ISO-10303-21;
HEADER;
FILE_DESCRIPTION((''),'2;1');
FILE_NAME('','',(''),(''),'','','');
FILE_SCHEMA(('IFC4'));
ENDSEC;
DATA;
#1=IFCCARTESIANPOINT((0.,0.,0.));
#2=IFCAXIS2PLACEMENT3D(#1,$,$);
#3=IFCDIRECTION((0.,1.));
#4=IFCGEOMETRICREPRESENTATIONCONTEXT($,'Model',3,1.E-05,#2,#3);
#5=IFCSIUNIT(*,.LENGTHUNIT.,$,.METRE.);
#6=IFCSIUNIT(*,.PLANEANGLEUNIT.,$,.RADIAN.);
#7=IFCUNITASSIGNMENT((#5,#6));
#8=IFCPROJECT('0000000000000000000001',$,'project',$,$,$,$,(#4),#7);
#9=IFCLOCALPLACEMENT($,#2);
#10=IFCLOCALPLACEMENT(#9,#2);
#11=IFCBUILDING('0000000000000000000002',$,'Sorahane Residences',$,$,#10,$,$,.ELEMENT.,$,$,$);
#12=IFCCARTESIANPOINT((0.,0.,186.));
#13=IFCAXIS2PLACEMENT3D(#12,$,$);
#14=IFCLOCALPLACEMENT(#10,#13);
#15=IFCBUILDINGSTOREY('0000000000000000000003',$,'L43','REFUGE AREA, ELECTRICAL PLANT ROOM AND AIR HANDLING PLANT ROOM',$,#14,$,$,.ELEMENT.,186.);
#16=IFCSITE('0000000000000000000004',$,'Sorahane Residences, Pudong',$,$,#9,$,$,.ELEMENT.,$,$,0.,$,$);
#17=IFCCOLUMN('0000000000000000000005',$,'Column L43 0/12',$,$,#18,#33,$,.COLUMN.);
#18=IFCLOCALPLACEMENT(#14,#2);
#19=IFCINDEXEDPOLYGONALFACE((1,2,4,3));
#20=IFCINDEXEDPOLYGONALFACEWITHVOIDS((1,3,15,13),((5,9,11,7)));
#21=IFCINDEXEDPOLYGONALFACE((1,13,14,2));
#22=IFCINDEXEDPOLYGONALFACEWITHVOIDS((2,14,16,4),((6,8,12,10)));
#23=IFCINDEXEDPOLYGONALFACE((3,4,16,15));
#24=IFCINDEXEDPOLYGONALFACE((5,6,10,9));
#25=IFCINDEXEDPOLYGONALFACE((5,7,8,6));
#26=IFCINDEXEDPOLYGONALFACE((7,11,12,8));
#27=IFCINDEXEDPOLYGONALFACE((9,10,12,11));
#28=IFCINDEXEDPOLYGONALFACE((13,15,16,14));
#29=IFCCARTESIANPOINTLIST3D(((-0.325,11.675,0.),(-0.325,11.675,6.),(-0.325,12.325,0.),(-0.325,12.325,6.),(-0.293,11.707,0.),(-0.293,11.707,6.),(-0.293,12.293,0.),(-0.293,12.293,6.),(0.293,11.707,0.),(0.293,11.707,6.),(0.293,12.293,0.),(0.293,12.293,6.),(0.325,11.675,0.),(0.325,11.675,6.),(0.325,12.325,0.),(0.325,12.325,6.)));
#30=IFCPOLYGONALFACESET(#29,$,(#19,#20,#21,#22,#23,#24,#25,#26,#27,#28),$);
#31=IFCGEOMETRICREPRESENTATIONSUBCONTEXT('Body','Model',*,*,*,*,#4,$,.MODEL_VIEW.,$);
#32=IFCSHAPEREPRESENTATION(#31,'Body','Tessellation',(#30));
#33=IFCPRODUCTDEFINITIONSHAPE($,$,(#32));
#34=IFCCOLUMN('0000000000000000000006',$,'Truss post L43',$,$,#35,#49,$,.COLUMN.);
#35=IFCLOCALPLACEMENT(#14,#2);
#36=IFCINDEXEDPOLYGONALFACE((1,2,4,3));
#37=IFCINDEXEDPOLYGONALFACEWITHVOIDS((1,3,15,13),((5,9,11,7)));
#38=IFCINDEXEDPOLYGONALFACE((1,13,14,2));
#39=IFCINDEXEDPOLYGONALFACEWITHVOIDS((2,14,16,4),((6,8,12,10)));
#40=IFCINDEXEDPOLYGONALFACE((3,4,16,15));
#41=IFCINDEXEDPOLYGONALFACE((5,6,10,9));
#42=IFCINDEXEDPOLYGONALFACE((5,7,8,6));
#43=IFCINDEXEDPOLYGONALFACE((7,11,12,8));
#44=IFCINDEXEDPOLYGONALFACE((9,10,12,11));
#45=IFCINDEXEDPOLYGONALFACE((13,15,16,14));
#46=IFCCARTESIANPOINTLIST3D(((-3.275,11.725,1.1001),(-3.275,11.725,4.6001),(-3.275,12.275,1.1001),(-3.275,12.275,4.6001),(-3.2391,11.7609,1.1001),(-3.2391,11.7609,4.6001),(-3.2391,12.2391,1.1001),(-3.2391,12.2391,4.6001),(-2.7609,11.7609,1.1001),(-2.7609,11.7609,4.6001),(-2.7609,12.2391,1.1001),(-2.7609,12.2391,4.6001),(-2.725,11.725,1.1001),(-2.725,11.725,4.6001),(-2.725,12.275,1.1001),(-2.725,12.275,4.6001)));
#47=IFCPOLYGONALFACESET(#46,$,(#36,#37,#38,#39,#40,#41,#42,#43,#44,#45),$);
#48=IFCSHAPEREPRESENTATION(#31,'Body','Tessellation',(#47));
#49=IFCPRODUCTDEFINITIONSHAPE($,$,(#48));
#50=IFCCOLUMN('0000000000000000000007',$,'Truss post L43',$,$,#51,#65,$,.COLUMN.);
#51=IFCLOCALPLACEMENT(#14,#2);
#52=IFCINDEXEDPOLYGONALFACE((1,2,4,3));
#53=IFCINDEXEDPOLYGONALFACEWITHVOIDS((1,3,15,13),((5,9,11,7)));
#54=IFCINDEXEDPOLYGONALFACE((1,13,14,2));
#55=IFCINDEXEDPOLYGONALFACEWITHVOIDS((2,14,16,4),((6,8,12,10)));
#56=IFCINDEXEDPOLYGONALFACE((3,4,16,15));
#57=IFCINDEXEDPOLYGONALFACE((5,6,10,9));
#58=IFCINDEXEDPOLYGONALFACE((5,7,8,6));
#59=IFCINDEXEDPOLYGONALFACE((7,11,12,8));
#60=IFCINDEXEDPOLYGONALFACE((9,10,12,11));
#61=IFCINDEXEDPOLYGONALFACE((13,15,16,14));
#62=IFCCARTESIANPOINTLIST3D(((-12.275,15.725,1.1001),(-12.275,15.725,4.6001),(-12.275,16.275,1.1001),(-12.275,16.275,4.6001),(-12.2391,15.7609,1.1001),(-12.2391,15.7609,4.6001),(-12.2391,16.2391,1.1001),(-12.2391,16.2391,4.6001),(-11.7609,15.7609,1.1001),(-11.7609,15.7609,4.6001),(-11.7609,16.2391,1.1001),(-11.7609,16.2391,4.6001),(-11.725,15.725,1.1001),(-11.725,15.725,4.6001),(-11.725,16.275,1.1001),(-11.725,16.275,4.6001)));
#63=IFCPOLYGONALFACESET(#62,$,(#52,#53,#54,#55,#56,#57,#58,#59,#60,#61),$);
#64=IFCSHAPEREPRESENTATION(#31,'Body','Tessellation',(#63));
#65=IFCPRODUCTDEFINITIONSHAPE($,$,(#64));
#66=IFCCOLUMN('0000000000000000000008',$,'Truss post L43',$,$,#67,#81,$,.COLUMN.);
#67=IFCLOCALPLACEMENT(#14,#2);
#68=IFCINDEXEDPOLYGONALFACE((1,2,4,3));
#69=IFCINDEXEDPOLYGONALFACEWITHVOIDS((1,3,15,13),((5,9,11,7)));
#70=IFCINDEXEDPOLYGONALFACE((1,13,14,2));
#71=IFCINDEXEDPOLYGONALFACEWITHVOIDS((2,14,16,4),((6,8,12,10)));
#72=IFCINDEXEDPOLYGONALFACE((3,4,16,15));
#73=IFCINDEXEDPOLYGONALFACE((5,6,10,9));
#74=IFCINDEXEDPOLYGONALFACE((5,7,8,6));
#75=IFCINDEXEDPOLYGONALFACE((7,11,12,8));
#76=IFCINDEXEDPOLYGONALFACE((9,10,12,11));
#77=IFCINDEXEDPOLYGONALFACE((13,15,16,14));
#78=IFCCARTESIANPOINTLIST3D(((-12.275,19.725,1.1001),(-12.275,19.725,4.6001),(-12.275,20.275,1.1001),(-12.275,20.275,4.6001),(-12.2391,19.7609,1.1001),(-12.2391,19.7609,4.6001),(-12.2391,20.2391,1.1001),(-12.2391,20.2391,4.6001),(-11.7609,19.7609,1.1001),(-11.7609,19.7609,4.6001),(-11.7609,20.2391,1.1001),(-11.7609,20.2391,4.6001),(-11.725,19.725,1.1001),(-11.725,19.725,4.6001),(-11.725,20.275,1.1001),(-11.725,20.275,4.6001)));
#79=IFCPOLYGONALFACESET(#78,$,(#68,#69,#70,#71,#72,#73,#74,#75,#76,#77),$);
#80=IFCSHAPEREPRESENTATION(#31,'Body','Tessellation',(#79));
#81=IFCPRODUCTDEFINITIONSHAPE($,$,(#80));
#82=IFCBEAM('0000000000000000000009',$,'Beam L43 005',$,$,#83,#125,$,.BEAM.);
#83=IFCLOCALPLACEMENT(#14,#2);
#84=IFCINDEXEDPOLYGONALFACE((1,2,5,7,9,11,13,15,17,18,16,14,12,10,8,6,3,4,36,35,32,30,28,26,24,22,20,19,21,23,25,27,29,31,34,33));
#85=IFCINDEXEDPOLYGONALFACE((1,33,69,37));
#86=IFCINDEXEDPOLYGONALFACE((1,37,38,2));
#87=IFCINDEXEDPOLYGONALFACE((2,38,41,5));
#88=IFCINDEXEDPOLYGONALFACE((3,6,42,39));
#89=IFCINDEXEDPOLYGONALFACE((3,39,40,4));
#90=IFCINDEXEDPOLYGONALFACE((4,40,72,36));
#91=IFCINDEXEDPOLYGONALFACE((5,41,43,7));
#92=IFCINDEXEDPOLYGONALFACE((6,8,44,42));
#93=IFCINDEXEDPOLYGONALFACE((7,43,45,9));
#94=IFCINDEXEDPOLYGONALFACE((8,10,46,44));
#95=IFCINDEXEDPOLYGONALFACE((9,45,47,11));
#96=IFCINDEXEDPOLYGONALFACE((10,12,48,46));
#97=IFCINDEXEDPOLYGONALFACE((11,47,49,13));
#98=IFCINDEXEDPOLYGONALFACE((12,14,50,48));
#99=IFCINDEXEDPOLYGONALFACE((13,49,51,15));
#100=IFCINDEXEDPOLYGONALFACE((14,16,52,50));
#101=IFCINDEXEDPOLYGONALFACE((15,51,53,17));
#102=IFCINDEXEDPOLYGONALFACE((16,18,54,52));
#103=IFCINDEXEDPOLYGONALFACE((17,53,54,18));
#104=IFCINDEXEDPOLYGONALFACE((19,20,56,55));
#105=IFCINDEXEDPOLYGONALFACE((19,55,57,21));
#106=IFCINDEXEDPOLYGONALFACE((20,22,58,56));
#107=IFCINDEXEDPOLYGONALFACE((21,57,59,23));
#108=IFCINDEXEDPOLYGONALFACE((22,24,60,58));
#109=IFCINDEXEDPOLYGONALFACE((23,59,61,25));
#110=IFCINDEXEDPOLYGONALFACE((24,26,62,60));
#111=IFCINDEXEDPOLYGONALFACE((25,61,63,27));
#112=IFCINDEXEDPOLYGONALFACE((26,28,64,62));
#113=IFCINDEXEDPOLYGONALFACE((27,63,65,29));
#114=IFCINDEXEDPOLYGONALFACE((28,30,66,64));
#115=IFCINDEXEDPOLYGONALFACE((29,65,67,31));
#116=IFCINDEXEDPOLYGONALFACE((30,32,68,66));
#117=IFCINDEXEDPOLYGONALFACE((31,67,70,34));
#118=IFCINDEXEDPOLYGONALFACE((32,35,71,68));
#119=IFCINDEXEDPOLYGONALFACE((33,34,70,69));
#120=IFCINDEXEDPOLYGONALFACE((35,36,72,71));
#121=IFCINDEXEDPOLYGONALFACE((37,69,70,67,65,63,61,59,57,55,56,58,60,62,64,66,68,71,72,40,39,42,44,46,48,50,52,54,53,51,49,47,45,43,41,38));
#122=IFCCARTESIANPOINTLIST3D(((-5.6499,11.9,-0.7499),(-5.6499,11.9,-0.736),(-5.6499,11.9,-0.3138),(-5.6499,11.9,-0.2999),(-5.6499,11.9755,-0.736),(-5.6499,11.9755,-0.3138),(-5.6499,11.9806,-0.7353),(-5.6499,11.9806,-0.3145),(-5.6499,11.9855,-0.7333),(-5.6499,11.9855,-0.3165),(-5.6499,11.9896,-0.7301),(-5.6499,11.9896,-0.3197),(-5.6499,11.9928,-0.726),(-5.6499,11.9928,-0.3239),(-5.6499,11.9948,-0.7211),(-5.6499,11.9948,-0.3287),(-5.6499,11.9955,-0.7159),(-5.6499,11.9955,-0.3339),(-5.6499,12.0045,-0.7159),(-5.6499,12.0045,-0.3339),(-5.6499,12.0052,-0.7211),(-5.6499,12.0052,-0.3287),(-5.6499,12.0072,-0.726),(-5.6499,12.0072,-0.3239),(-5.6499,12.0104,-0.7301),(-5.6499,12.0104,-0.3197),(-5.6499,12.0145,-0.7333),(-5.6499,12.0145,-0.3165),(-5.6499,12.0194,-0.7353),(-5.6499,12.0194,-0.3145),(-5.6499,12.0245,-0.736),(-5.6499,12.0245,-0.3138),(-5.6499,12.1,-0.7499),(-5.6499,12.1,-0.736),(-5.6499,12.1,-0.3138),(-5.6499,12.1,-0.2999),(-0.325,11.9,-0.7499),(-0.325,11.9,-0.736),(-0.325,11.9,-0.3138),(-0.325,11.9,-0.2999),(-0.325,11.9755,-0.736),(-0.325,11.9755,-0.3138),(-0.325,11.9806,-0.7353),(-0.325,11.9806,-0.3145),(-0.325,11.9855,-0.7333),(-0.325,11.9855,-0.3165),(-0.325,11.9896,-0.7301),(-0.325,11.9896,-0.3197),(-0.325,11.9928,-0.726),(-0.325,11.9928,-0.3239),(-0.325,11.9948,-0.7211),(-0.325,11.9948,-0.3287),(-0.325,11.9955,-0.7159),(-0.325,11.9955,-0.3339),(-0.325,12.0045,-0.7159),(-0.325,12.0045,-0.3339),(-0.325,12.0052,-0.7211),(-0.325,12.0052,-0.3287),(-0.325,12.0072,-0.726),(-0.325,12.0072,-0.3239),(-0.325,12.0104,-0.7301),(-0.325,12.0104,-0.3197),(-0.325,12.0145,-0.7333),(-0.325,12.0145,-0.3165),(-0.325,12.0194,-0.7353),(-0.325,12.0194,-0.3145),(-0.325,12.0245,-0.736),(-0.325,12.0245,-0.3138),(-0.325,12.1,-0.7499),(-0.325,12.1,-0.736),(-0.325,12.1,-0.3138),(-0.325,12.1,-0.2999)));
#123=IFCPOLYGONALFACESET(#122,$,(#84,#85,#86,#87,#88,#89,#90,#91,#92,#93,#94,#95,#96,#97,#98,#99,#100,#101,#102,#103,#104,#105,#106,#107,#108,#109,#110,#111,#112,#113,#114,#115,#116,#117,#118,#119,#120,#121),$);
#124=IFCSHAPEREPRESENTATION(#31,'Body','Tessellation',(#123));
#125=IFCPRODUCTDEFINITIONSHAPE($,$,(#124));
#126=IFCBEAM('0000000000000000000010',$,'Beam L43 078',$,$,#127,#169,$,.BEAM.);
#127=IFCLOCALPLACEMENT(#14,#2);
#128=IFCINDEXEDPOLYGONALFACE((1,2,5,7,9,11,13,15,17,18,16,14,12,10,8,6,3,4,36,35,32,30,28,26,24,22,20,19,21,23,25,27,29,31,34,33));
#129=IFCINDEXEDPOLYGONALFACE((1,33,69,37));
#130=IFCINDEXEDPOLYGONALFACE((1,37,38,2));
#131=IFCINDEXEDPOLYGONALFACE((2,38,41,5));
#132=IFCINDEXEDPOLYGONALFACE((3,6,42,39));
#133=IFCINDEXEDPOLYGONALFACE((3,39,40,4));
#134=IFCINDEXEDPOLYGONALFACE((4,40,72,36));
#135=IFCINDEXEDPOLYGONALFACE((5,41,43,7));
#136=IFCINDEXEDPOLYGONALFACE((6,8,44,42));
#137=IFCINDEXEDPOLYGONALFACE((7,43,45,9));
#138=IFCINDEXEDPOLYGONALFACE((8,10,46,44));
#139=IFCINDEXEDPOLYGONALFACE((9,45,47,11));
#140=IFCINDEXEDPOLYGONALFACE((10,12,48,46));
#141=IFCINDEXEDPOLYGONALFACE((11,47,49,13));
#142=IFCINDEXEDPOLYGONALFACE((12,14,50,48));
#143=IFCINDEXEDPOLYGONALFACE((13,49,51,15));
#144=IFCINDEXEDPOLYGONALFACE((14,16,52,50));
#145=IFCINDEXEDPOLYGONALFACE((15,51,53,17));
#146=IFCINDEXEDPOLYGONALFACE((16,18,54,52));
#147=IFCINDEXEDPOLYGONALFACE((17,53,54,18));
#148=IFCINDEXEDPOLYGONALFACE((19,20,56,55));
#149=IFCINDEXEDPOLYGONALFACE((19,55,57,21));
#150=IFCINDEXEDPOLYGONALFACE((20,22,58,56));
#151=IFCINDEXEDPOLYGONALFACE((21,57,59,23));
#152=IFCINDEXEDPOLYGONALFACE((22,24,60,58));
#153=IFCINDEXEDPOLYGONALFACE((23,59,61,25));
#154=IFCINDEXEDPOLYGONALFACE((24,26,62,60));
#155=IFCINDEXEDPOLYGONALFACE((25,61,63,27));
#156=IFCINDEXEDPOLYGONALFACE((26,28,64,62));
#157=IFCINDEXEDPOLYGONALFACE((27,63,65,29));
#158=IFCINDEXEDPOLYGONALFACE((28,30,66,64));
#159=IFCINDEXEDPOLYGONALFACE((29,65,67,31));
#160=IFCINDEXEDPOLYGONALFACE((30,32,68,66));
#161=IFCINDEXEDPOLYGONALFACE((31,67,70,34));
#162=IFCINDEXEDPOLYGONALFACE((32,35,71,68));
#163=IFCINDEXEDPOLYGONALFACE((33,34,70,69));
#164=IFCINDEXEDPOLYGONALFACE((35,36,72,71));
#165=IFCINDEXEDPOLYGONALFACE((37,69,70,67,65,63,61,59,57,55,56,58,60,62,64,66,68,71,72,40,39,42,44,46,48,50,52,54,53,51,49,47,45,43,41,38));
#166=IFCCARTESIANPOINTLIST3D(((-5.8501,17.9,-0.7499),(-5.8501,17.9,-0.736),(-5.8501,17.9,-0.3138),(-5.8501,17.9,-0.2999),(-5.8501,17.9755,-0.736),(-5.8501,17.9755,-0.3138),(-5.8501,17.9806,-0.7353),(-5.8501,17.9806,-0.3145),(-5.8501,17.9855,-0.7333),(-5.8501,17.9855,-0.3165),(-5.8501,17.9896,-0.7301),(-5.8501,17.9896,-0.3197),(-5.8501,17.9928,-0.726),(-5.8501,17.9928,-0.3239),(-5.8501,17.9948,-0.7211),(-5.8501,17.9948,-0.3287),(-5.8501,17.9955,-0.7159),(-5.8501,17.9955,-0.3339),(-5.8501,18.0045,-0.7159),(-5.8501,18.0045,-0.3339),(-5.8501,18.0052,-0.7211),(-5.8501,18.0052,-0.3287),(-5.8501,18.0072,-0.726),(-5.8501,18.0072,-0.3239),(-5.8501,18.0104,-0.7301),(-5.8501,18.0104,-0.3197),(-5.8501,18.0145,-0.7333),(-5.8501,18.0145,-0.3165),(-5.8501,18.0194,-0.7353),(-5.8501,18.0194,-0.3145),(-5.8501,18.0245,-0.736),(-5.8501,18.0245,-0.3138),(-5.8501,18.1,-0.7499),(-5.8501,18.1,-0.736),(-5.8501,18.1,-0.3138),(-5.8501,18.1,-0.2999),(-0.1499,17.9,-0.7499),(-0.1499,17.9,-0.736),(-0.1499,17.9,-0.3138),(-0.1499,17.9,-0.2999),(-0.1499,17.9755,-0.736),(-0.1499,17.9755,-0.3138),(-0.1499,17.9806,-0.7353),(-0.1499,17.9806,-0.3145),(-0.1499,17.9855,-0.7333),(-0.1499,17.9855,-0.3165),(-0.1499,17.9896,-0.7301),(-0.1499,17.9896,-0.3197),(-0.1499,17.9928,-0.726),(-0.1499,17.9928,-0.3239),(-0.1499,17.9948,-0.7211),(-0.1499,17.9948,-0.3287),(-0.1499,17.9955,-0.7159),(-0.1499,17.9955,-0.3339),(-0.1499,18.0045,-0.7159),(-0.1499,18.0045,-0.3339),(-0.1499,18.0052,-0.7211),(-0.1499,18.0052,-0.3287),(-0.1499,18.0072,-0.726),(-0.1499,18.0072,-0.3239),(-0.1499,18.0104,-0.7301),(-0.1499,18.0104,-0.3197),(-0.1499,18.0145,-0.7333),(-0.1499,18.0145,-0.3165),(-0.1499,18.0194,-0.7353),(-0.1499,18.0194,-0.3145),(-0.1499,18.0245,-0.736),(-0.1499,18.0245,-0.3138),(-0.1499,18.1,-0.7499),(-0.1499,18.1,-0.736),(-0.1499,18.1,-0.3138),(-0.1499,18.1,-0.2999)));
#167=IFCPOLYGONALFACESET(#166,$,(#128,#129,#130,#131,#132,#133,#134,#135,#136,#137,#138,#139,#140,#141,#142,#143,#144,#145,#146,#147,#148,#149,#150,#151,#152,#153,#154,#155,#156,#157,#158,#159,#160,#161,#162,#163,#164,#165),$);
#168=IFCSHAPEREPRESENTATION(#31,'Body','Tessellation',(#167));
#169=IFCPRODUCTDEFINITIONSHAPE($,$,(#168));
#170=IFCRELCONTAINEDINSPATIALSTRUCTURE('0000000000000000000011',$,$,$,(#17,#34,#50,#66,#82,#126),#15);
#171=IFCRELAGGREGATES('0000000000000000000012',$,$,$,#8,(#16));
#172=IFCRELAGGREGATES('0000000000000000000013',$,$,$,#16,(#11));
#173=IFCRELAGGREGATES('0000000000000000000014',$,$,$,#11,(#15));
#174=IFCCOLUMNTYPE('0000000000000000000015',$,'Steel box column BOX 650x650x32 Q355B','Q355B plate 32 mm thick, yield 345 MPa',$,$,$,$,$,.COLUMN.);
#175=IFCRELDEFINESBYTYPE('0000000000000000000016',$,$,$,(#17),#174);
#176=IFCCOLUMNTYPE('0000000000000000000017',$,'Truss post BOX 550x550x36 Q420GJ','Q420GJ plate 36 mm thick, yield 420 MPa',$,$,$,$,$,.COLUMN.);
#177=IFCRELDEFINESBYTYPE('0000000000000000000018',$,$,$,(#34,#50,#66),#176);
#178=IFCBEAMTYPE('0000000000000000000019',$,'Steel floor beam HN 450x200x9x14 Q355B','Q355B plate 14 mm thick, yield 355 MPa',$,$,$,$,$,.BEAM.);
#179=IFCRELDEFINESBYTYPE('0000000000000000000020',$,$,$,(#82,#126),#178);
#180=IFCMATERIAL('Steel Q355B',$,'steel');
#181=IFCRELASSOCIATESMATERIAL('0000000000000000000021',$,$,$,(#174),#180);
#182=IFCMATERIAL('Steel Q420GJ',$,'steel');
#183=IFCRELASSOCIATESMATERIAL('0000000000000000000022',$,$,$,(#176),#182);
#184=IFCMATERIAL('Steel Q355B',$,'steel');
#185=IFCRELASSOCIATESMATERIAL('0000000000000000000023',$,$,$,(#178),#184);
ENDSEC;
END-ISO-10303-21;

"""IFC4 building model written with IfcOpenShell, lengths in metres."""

from ifc_helpers import new_model, si_unit, direction, frame, origin, origin_2d, place, context, subcontext, project, spatial, hollow_rectangle, i_section, extrude, material, material_profile, profile_set, type_object, element, save


model = new_model("IFC4")

# Units and contexts
model_context = context("Model", 3, precision=1e-05, world=origin(), true_north=direction((0.0, 1.0)))
body_context = subcontext(model_context, "Body", "Model", "MODEL_VIEW")
ifc_project = project(units=[si_unit("LENGTHUNIT", "METRE"), si_unit("PLANEANGLEUNIT", "RADIAN")], contexts=[model_context])

# Site, building, storey
site_placement = place(None, origin())
site = spatial("IfcSite", under=ifc_project, at=site_placement, Name="Sorahane Residences, Pudong", CompositionType="ELEMENT", RefElevation=0.0)
building_placement = place(site_placement, origin())
building = spatial("IfcBuilding", under=site, at=building_placement, Name="Sorahane Residences", CompositionType="ELEMENT")
storey_placement = place(building_placement, frame((0.0, 0.0, 186.0)))
storey = spatial("IfcBuildingStorey", under=building, at=storey_placement, Name="L43", Description="REFUGE AREA, ELECTRICAL PLANT ROOM AND AIR HANDLING PLANT ROOM", CompositionType="ELEMENT", Elevation=186.0)

# Columns
ifc_material_1 = material(Name="Steel Q355B", Category="steel")
ifc_material_profile_1 = material_profile(ifc_material_1, hollow_rectangle(XDim=0.6499, YDim=0.6499, WallThickness=0.032, at=origin_2d()), Name="BOX 650x650x32")
ifc_profile_set_1 = profile_set([ifc_material_profile_1], Name="Steel Q355B")
column_type_1 = type_object("IfcColumnType", Name="Steel box column BOX 650x650x32 Q355B", Description="Q355B plate 32 mm thick, yield 345 MPa", PredefinedType="COLUMN", material=ifc_profile_set_1)
column_placement = place(storey_placement, frame((0.0, 12.0, 0.0), z_axis=(0.0, 0.0, 1.0), x_axis=(1.0, 0.0, 0.0)))
element("IfcColumn", 1, at=column_placement, inside=storey, type_object=column_type_1, Name="Column L43 0/12", PredefinedType="COLUMN", context=body_context, shape_type="SweptSolid", body=[
    extrude(hollow_rectangle(XDim=0.6499, YDim=0.6499, WallThickness=0.032, at=origin_2d()), origin(), (0.0, 0.0, 1.0), 6.0),
])
ifc_material_2 = material(Name="Steel Q420GJ", Category="steel")
ifc_material_profile_2 = material_profile(ifc_material_2, hollow_rectangle(XDim=0.55, YDim=0.55, WallThickness=0.0359, at=origin_2d()), Name="BOX 550x550x36")
ifc_profile_set_2 = profile_set([ifc_material_profile_2], Name="Steel Q420GJ")
column_type_2 = type_object("IfcColumnType", Name="Truss post BOX 550x550x36 Q420GJ", Description="Q420GJ plate 36 mm thick, yield 420 MPa", PredefinedType="COLUMN", material=ifc_profile_set_2)
for number, where, z_axis, x_axis, name in (
    (2, (-3.0, 12.0, 1.1001), (0.0, 0.0, 1.0), (1.0, 0.0, 0.0), "Truss post L43"),
    (3, (-12.0, 16.0, 1.1001), (0.0, 0.0, 1.0), (1.0, 0.0, 0.0), "Truss post L43"),
    (4, (-12.0, 20.0, 1.1001), (0.0, 0.0, 1.0), (1.0, 0.0, 0.0), "Truss post L43"),
):
    element("IfcColumn", number, at=place(storey_placement, frame(where, z_axis=z_axis, x_axis=x_axis)), inside=storey, type_object=column_type_2, Name=name, PredefinedType="COLUMN", context=body_context, shape_type="SweptSolid", body=[
        extrude(hollow_rectangle(XDim=0.55, YDim=0.55, WallThickness=0.0359, at=origin_2d()), origin(), (0.0, 0.0, 1.0), 3.5),
    ])

# Beams
ifc_material_3 = material(Name="Steel Q355B", Category="steel")
ifc_material_profile_3 = material_profile(ifc_material_3, i_section(OverallWidth=0.2, OverallDepth=0.45, WebThickness=0.009, FlangeThickness=0.0139, FilletRadius=0.02, at=origin_2d()), Name="HN 450x200x9x14")
ifc_profile_set_3 = profile_set([ifc_material_profile_3], Name="Steel Q355B")
beam_type_1 = type_object("IfcBeamType", Name="Steel floor beam HN 450x200x9x14 Q355B", Description="Q355B plate 14 mm thick, yield 355 MPa", PredefinedType="BEAM", material=ifc_profile_set_3)
beam_1_placement = place(storey_placement, frame((-5.6499, 12.0, -0.5249), z_axis=(1.0, 0.0, 0.0), x_axis=(0.0, 1.0, 0.0)))
element("IfcBeam", 5, at=beam_1_placement, inside=storey, type_object=beam_type_1, Name="Beam L43 005", PredefinedType="BEAM", context=body_context, shape_type="SweptSolid", body=[
    extrude(i_section(OverallWidth=0.2, OverallDepth=0.45, WebThickness=0.009, FlangeThickness=0.0139, FilletRadius=0.02, at=origin_2d()), origin(), (0.0, 0.0, 1.0), 5.325),
])
beam_2_placement = place(storey_placement, frame((-5.8501, 18.0, -0.5249), z_axis=(1.0, 0.0, 0.0), x_axis=(0.0, 1.0, 0.0)))
element("IfcBeam", 6, at=beam_2_placement, inside=storey, type_object=beam_type_1, Name="Beam L43 078", PredefinedType="BEAM", context=body_context, shape_type="SweptSolid", body=[
    extrude(i_section(OverallWidth=0.2, OverallDepth=0.45, WebThickness=0.009, FlangeThickness=0.0139, FilletRadius=0.02, at=origin_2d()), origin(), (0.0, 0.0, 1.0), 5.7002),
])

save(model, "model.ifc")
